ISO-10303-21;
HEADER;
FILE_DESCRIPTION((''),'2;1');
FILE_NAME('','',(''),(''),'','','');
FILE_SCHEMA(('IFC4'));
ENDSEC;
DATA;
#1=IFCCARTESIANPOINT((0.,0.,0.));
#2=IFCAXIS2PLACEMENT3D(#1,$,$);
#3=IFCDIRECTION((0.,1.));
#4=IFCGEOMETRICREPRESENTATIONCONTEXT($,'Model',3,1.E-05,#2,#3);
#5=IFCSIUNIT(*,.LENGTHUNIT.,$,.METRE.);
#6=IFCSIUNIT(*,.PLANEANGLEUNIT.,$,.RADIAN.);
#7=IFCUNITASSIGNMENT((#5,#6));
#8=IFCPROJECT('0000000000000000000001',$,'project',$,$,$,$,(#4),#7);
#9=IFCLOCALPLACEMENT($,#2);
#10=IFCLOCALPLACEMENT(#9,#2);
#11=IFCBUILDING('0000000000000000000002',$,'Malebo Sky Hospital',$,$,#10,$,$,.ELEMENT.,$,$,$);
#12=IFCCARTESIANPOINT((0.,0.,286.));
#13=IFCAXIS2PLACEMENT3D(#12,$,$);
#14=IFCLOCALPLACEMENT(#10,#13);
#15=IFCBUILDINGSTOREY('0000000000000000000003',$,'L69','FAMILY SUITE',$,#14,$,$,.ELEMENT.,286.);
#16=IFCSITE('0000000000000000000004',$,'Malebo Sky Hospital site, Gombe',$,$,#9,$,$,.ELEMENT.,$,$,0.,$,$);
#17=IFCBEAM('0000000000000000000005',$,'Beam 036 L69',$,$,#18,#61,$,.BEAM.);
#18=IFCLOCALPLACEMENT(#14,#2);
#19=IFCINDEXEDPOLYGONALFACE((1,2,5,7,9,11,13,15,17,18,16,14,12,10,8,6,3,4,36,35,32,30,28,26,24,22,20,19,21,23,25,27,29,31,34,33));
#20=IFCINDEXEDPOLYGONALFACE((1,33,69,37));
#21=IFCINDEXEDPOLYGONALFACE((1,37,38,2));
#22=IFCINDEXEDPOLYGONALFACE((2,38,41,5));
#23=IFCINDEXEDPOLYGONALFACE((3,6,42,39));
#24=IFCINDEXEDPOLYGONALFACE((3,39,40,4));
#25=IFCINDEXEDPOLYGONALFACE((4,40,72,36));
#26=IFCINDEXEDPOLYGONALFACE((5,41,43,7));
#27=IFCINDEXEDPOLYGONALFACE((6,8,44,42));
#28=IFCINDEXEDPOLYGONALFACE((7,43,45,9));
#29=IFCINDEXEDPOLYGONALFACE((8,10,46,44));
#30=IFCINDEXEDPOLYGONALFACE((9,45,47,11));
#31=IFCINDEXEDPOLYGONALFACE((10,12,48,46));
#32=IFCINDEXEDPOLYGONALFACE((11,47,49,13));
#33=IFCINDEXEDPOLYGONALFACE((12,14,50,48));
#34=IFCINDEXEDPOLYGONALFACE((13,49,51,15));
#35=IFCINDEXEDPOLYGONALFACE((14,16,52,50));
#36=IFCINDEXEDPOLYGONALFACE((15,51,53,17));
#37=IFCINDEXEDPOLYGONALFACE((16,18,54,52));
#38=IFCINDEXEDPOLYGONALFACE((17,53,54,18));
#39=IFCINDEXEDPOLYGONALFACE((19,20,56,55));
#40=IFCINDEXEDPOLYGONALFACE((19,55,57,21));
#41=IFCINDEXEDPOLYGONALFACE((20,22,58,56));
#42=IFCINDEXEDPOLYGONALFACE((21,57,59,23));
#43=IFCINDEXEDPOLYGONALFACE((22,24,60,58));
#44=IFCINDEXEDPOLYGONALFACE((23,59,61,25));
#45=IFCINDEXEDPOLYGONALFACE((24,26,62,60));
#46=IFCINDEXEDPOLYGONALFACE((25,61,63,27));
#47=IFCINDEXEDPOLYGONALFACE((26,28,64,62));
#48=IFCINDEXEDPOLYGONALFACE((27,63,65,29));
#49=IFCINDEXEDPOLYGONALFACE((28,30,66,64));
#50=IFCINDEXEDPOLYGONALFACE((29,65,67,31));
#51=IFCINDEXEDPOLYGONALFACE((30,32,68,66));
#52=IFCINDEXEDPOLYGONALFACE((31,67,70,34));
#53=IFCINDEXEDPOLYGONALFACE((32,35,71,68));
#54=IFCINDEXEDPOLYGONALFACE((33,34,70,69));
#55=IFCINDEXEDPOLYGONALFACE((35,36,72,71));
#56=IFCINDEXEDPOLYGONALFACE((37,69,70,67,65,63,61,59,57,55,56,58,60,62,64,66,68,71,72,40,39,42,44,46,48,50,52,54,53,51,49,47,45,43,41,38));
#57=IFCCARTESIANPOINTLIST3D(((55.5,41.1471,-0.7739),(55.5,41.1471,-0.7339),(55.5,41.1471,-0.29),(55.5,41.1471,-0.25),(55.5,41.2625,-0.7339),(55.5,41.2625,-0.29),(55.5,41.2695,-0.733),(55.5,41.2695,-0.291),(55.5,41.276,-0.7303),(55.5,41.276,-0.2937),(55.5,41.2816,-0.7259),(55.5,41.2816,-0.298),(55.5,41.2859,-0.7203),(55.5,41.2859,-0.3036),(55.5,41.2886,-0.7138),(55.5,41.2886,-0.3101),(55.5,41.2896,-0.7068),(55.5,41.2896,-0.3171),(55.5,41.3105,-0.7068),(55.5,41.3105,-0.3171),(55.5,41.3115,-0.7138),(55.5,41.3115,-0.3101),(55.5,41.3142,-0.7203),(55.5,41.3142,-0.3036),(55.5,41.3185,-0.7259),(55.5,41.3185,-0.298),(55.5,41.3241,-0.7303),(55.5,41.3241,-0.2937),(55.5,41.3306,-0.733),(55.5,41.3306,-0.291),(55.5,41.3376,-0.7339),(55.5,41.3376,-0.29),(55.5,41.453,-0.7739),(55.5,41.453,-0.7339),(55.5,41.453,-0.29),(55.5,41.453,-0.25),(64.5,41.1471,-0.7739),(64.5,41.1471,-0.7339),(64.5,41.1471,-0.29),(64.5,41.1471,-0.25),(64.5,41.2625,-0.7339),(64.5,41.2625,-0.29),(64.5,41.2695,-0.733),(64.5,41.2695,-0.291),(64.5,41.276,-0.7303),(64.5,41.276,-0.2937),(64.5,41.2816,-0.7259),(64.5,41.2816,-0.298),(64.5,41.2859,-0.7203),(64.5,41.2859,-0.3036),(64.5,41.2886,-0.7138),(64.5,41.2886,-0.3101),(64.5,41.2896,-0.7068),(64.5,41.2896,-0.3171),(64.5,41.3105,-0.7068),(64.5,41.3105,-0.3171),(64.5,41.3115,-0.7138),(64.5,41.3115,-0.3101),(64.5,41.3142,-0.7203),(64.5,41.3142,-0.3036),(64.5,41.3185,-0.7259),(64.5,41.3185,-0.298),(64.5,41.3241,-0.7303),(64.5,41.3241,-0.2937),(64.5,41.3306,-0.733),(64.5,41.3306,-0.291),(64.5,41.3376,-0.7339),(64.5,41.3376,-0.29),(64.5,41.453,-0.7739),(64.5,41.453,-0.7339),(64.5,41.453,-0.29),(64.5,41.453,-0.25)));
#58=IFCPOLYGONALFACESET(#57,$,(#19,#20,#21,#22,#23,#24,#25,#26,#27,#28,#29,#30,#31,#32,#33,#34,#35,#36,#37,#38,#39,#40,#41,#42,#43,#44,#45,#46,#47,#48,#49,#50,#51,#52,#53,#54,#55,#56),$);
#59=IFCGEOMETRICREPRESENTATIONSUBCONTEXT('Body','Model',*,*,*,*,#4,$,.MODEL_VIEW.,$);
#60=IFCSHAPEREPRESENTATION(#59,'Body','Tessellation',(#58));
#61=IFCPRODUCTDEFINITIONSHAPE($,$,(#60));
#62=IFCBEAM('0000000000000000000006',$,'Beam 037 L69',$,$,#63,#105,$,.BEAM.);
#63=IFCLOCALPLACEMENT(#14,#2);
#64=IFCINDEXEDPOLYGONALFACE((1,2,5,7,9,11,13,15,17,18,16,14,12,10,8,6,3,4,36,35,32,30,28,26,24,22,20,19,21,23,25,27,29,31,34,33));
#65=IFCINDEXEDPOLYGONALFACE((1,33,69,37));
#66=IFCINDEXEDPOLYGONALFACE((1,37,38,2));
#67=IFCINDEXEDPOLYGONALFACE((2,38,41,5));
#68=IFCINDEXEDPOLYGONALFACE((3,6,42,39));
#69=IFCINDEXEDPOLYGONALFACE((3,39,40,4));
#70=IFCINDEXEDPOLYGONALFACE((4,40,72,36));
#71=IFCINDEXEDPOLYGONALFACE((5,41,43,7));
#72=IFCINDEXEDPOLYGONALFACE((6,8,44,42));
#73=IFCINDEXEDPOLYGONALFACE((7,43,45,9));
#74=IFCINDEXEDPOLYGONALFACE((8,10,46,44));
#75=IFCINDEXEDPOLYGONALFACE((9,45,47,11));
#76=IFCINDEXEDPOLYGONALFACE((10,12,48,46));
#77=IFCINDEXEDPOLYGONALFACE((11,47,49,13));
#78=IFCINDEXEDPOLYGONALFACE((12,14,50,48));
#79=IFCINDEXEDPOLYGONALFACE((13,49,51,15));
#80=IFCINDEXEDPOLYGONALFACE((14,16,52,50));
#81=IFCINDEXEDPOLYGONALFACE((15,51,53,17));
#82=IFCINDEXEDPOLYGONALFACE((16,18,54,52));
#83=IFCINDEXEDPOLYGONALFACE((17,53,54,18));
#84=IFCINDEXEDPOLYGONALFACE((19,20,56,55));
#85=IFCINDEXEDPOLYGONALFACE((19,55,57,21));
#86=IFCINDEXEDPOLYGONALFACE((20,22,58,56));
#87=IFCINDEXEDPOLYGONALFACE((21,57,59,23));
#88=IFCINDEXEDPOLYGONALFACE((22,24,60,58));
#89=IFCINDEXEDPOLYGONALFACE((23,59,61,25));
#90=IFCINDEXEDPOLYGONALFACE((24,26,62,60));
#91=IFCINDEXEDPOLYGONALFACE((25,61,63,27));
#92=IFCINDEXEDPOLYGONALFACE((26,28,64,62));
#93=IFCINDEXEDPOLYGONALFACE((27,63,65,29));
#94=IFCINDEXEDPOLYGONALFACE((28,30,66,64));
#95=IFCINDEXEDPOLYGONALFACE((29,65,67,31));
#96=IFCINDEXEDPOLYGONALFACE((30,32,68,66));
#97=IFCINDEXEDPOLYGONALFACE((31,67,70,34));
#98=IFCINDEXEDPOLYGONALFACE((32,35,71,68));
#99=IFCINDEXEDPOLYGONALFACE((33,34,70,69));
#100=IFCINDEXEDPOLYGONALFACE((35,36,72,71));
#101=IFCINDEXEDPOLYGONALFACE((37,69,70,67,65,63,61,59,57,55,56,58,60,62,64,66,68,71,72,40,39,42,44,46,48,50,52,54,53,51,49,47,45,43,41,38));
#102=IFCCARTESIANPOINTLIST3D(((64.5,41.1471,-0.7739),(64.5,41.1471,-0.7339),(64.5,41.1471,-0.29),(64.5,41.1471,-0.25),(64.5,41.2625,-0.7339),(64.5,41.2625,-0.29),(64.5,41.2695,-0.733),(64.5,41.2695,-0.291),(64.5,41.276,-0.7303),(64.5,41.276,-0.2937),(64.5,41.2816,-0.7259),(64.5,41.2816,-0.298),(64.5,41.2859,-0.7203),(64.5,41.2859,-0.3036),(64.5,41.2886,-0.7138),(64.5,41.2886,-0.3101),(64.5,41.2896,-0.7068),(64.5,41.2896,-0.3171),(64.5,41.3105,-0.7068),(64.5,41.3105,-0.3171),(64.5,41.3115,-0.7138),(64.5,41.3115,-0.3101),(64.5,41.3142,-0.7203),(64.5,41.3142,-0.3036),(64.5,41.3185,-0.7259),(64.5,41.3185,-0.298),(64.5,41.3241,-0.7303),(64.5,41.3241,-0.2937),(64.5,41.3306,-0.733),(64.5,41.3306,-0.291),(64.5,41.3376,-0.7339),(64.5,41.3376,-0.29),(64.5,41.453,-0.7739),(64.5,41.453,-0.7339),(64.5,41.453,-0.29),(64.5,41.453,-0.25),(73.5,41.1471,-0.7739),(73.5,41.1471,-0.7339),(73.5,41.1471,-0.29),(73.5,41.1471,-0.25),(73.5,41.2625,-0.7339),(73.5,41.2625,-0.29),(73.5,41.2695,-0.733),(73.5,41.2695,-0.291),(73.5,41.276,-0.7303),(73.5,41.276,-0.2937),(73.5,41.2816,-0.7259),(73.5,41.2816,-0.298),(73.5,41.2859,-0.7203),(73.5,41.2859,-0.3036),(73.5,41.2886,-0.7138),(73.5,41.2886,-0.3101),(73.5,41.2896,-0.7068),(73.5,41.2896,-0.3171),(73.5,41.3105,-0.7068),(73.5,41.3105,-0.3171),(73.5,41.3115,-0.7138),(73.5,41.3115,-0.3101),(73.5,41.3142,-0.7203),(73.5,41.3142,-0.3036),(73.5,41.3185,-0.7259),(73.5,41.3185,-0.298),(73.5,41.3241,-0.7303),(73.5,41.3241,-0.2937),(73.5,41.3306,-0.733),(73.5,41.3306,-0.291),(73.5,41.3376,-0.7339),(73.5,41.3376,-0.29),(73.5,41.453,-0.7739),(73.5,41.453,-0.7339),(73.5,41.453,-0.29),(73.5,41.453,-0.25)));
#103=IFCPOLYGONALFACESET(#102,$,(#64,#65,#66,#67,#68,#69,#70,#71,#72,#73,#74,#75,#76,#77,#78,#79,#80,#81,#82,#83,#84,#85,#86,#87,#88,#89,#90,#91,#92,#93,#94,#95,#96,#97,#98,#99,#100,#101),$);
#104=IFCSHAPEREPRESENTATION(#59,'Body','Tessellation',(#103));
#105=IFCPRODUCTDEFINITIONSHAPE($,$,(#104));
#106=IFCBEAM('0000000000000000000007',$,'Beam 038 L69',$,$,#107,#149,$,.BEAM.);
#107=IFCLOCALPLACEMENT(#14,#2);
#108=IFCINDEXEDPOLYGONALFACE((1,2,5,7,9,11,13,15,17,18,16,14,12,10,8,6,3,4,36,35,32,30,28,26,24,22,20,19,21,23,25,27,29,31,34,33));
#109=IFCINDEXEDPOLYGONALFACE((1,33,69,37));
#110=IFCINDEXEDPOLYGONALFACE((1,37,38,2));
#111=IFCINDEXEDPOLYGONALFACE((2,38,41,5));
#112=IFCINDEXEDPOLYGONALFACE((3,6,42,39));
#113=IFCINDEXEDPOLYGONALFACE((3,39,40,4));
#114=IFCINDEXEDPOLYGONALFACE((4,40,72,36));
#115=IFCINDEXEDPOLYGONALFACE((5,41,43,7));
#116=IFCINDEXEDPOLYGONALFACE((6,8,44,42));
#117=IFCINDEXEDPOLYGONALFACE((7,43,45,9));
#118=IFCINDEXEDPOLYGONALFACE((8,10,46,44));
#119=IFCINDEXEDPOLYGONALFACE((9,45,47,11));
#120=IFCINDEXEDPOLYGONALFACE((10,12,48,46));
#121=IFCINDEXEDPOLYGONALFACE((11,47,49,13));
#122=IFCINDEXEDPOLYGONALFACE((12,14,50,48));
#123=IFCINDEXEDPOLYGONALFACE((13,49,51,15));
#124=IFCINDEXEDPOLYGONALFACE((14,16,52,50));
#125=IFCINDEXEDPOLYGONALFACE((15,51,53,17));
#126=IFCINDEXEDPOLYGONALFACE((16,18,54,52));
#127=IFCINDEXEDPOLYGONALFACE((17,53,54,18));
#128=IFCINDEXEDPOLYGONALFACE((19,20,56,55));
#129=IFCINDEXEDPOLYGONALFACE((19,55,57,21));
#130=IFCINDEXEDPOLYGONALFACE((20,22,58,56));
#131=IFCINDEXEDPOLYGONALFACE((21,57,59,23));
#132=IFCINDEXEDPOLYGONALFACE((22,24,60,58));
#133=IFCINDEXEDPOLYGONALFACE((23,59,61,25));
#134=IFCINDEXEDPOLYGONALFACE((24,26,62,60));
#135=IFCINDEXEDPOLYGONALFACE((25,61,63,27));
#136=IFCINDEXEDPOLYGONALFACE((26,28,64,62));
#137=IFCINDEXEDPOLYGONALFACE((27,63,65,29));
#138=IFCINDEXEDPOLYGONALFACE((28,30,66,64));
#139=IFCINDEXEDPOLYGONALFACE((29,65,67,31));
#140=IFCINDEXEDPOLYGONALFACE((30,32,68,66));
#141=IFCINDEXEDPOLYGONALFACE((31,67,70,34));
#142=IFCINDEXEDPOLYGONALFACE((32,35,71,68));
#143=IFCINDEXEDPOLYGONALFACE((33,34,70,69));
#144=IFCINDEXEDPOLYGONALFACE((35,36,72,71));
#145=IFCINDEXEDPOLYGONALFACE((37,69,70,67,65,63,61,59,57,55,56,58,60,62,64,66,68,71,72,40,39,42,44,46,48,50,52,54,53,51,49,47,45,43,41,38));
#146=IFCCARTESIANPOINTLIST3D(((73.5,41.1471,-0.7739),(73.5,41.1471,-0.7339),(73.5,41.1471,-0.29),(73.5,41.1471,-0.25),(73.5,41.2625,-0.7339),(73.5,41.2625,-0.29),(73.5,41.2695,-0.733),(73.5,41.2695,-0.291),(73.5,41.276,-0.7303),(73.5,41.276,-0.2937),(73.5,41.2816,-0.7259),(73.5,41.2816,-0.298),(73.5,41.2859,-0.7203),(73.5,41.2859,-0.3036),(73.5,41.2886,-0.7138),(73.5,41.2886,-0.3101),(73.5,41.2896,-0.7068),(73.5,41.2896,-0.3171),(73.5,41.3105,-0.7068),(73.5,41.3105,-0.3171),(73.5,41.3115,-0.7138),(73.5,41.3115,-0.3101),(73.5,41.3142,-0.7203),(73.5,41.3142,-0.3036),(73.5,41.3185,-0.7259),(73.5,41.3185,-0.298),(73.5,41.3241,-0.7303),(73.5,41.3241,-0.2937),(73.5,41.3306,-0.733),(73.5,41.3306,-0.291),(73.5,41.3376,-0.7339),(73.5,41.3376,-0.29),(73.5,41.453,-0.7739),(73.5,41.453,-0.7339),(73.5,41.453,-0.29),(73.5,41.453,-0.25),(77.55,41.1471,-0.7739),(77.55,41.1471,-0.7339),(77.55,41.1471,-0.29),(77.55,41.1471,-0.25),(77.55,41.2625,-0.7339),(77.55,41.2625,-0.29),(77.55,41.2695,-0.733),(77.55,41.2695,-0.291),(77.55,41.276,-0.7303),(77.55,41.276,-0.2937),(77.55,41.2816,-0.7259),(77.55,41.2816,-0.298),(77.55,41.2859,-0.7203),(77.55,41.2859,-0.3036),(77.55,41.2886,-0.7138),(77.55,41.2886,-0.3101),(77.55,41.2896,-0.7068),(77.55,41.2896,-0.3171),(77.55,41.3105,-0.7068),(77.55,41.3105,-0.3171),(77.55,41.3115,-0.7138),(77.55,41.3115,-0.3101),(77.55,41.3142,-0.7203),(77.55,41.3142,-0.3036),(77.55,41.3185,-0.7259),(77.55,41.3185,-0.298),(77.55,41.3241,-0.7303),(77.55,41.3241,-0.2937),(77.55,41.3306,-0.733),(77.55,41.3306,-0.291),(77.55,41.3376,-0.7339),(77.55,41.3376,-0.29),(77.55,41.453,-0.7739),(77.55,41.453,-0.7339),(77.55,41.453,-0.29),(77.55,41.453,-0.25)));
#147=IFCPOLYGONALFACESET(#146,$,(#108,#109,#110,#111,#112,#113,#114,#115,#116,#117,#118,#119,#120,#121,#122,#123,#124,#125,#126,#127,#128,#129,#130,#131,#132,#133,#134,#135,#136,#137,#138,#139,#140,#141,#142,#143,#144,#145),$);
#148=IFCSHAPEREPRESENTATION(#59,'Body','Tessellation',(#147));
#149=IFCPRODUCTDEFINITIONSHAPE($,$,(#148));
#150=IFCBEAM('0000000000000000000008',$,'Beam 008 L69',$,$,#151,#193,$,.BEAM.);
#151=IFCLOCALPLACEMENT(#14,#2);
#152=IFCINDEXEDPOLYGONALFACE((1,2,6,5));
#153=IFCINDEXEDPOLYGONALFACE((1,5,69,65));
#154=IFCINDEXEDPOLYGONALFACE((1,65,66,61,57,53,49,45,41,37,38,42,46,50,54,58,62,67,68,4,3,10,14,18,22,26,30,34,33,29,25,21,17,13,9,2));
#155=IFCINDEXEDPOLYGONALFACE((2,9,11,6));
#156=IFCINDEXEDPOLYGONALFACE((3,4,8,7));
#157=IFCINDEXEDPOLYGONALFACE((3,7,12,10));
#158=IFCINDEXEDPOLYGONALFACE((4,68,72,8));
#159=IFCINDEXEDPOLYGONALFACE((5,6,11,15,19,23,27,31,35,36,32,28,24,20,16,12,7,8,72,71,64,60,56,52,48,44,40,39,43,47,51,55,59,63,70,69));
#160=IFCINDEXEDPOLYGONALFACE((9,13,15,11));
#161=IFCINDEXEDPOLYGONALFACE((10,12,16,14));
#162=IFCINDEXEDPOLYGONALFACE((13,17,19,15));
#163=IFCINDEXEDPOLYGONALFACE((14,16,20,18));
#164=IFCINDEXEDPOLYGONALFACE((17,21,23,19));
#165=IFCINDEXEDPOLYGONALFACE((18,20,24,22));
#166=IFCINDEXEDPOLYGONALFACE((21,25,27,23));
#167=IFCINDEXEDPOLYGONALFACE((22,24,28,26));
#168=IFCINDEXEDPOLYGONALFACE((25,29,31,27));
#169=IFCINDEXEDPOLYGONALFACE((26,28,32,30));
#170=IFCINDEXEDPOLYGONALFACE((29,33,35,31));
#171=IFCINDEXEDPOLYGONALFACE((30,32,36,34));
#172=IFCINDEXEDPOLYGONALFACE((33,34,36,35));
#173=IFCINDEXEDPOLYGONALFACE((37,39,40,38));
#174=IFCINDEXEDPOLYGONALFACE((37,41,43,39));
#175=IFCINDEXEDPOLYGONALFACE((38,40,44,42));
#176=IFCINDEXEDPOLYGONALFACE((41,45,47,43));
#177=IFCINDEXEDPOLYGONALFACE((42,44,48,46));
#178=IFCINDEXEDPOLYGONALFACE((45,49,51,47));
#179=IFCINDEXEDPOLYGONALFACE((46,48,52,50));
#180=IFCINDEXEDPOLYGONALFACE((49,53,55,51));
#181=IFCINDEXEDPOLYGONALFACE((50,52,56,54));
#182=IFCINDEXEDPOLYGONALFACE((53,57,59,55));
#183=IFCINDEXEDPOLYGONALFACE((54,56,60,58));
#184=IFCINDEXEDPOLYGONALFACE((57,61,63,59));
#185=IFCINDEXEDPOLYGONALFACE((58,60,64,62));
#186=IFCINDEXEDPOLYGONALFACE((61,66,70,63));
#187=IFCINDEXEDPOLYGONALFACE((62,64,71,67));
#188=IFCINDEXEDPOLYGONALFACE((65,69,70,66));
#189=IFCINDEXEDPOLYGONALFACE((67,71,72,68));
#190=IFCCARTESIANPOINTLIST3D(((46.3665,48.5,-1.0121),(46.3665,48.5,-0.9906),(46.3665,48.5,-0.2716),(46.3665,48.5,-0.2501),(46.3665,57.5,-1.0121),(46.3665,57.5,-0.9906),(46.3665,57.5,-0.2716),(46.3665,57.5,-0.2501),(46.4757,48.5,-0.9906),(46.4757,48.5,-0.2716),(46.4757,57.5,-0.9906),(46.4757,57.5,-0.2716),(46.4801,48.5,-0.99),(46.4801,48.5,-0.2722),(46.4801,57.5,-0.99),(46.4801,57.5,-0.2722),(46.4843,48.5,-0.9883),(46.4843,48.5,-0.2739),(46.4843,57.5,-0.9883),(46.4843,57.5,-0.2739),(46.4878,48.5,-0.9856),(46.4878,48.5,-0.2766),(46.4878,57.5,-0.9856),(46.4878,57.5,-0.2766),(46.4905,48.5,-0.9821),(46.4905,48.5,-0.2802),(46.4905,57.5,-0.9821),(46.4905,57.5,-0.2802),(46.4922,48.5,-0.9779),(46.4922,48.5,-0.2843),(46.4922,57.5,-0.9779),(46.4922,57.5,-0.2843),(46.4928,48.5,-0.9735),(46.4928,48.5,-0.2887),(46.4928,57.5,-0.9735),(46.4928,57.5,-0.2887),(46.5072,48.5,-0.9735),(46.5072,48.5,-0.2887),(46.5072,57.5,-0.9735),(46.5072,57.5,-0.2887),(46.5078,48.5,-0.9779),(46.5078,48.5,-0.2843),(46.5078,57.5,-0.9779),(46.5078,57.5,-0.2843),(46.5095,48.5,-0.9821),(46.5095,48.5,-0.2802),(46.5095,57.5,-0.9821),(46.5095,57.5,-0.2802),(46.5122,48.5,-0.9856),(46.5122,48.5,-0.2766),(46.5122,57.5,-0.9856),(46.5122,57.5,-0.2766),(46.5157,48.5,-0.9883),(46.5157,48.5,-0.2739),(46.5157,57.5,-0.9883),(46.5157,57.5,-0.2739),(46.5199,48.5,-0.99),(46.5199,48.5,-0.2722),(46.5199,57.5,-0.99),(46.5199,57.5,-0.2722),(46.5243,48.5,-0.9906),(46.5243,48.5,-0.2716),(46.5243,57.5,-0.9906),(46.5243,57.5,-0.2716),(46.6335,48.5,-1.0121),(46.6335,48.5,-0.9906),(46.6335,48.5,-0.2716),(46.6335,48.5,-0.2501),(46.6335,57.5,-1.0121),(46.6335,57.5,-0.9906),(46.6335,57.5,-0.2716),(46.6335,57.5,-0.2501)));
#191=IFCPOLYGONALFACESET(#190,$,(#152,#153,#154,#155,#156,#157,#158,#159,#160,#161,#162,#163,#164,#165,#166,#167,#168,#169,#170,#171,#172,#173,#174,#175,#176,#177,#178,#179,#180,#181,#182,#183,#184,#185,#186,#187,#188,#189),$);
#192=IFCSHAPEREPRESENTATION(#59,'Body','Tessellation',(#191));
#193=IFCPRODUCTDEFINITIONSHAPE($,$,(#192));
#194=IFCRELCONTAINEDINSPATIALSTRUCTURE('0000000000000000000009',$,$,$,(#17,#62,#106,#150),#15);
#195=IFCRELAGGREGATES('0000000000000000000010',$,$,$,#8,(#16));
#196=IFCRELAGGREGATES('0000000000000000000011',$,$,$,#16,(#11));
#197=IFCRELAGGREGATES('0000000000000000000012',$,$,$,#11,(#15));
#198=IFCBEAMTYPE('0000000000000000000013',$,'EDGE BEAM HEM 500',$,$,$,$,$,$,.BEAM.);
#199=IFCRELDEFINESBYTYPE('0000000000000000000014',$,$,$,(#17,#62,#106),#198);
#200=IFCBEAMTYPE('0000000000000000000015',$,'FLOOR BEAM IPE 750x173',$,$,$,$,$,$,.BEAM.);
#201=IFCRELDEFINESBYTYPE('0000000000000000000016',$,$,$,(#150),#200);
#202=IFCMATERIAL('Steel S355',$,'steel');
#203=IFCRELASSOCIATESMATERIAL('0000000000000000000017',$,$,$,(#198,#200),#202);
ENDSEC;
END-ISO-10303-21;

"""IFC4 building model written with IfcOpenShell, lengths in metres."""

from ifc_helpers import new_model, si_unit, direction, frame, origin, origin_2d, place, context, subcontext, project, spatial, i_section, extrude, material, material_profile, profile_set, type_object, element, save


model = new_model("IFC4")

# Units and contexts
model_context = context("Model", 3, precision=1e-05, world=origin(), true_north=direction((0.0, 1.0)))
body_context = subcontext(model_context, "Body", "Model", "MODEL_VIEW")
ifc_project = project(units=[si_unit("LENGTHUNIT", "METRE"), si_unit("PLANEANGLEUNIT", "RADIAN")], contexts=[model_context])

# Site, building, storey
site_placement = place(None, origin())
site = spatial("IfcSite", under=ifc_project, at=site_placement, Name="Malebo Sky Hospital site, Gombe", CompositionType="ELEMENT", RefElevation=0.0)
building_placement = place(site_placement, origin())
building = spatial("IfcBuilding", under=site, at=building_placement, Name="Malebo Sky Hospital", CompositionType="ELEMENT")
storey_placement = place(building_placement, frame((0.0, 0.0, 286.0)))
storey = spatial("IfcBuildingStorey", under=building, at=storey_placement, Name="L69", Description="FAMILY SUITE", CompositionType="ELEMENT", Elevation=286.0)

# Shared definitions
ifc_material_1 = material(Name="Steel S355", Category="steel")

# Beams
ifc_material_profile_1 = material_profile(ifc_material_1, i_section(OverallWidth=0.3059, OverallDepth=0.5239, WebThickness=0.021, FlangeThickness=0.04, FilletRadius=0.0271, at=origin_2d()), Name="HEM 500")
ifc_profile_set_1 = profile_set([ifc_material_profile_1], Name="Steel S355")
beam_type_1 = type_object("IfcBeamType", Name="EDGE BEAM HEM 500", PredefinedType="BEAM", material=ifc_profile_set_1)
for number, where, z_axis, x_axis, name in (
    (1, (55.5, 41.3, -0.512), (1.0, 0.0, 0.0), (0.0, 1.0, 0.0), "Beam 036 L69"),
    (2, (64.5, 41.3, -0.512), (1.0, 0.0, 0.0), (0.0, 1.0, 0.0), "Beam 037 L69"),
):
    element("IfcBeam", number, at=place(storey_placement, frame(where, z_axis=z_axis, x_axis=x_axis)), inside=storey, type_object=beam_type_1, Name=name, PredefinedType="BEAM", context=body_context, shape_type="SweptSolid", body=[
        extrude(i_section(OverallWidth=0.3059, OverallDepth=0.5239, WebThickness=0.021, FlangeThickness=0.04, FilletRadius=0.0271, at=origin_2d()), origin(), (0.0, 0.0, 1.0), 9.0),
    ])
beam_1_placement = place(storey_placement, frame((73.5, 41.3, -0.512), z_axis=(1.0, 0.0, 0.0), x_axis=(0.0, 1.0, 0.0)))
element("IfcBeam", 3, at=beam_1_placement, inside=storey, type_object=beam_type_1, Name="Beam 038 L69", PredefinedType="BEAM", context=body_context, shape_type="SweptSolid", body=[
    extrude(i_section(OverallWidth=0.3059, OverallDepth=0.5239, WebThickness=0.021, FlangeThickness=0.04, FilletRadius=0.0271, at=origin_2d()), origin(), (0.0, 0.0, 1.0), 4.05),
])
ifc_material_profile_2 = material_profile(ifc_material_1, i_section(OverallWidth=0.2671, OverallDepth=0.762, WebThickness=0.0144, FlangeThickness=0.0215, FilletRadius=0.0171, at=origin_2d()), Name="IPE 750x173")
ifc_profile_set_2 = profile_set([ifc_material_profile_2], Name="Steel S355")
beam_type_2 = type_object("IfcBeamType", Name="FLOOR BEAM IPE 750x173", PredefinedType="BEAM", material=ifc_profile_set_2)
for number, where, z_axis, x_axis, name in (
    (4, (46.5, 48.5, -0.6311), (0.0, 1.0, 0.0), (-1.0, 0.0, 0.0), "Beam 008 L69"),
):
    element("IfcBeam", number, at=place(storey_placement, frame(where, z_axis=z_axis, x_axis=x_axis)), inside=storey, type_object=beam_type_2, Name=name, PredefinedType="BEAM", context=body_context, shape_type="SweptSolid", body=[
        extrude(i_section(OverallWidth=0.2671, OverallDepth=0.762, WebThickness=0.0144, FlangeThickness=0.0215, FilletRadius=0.0171, at=origin_2d()), origin(), (0.0, 0.0, 1.0), 9.0),
    ])

save(model, "model.ifc")
